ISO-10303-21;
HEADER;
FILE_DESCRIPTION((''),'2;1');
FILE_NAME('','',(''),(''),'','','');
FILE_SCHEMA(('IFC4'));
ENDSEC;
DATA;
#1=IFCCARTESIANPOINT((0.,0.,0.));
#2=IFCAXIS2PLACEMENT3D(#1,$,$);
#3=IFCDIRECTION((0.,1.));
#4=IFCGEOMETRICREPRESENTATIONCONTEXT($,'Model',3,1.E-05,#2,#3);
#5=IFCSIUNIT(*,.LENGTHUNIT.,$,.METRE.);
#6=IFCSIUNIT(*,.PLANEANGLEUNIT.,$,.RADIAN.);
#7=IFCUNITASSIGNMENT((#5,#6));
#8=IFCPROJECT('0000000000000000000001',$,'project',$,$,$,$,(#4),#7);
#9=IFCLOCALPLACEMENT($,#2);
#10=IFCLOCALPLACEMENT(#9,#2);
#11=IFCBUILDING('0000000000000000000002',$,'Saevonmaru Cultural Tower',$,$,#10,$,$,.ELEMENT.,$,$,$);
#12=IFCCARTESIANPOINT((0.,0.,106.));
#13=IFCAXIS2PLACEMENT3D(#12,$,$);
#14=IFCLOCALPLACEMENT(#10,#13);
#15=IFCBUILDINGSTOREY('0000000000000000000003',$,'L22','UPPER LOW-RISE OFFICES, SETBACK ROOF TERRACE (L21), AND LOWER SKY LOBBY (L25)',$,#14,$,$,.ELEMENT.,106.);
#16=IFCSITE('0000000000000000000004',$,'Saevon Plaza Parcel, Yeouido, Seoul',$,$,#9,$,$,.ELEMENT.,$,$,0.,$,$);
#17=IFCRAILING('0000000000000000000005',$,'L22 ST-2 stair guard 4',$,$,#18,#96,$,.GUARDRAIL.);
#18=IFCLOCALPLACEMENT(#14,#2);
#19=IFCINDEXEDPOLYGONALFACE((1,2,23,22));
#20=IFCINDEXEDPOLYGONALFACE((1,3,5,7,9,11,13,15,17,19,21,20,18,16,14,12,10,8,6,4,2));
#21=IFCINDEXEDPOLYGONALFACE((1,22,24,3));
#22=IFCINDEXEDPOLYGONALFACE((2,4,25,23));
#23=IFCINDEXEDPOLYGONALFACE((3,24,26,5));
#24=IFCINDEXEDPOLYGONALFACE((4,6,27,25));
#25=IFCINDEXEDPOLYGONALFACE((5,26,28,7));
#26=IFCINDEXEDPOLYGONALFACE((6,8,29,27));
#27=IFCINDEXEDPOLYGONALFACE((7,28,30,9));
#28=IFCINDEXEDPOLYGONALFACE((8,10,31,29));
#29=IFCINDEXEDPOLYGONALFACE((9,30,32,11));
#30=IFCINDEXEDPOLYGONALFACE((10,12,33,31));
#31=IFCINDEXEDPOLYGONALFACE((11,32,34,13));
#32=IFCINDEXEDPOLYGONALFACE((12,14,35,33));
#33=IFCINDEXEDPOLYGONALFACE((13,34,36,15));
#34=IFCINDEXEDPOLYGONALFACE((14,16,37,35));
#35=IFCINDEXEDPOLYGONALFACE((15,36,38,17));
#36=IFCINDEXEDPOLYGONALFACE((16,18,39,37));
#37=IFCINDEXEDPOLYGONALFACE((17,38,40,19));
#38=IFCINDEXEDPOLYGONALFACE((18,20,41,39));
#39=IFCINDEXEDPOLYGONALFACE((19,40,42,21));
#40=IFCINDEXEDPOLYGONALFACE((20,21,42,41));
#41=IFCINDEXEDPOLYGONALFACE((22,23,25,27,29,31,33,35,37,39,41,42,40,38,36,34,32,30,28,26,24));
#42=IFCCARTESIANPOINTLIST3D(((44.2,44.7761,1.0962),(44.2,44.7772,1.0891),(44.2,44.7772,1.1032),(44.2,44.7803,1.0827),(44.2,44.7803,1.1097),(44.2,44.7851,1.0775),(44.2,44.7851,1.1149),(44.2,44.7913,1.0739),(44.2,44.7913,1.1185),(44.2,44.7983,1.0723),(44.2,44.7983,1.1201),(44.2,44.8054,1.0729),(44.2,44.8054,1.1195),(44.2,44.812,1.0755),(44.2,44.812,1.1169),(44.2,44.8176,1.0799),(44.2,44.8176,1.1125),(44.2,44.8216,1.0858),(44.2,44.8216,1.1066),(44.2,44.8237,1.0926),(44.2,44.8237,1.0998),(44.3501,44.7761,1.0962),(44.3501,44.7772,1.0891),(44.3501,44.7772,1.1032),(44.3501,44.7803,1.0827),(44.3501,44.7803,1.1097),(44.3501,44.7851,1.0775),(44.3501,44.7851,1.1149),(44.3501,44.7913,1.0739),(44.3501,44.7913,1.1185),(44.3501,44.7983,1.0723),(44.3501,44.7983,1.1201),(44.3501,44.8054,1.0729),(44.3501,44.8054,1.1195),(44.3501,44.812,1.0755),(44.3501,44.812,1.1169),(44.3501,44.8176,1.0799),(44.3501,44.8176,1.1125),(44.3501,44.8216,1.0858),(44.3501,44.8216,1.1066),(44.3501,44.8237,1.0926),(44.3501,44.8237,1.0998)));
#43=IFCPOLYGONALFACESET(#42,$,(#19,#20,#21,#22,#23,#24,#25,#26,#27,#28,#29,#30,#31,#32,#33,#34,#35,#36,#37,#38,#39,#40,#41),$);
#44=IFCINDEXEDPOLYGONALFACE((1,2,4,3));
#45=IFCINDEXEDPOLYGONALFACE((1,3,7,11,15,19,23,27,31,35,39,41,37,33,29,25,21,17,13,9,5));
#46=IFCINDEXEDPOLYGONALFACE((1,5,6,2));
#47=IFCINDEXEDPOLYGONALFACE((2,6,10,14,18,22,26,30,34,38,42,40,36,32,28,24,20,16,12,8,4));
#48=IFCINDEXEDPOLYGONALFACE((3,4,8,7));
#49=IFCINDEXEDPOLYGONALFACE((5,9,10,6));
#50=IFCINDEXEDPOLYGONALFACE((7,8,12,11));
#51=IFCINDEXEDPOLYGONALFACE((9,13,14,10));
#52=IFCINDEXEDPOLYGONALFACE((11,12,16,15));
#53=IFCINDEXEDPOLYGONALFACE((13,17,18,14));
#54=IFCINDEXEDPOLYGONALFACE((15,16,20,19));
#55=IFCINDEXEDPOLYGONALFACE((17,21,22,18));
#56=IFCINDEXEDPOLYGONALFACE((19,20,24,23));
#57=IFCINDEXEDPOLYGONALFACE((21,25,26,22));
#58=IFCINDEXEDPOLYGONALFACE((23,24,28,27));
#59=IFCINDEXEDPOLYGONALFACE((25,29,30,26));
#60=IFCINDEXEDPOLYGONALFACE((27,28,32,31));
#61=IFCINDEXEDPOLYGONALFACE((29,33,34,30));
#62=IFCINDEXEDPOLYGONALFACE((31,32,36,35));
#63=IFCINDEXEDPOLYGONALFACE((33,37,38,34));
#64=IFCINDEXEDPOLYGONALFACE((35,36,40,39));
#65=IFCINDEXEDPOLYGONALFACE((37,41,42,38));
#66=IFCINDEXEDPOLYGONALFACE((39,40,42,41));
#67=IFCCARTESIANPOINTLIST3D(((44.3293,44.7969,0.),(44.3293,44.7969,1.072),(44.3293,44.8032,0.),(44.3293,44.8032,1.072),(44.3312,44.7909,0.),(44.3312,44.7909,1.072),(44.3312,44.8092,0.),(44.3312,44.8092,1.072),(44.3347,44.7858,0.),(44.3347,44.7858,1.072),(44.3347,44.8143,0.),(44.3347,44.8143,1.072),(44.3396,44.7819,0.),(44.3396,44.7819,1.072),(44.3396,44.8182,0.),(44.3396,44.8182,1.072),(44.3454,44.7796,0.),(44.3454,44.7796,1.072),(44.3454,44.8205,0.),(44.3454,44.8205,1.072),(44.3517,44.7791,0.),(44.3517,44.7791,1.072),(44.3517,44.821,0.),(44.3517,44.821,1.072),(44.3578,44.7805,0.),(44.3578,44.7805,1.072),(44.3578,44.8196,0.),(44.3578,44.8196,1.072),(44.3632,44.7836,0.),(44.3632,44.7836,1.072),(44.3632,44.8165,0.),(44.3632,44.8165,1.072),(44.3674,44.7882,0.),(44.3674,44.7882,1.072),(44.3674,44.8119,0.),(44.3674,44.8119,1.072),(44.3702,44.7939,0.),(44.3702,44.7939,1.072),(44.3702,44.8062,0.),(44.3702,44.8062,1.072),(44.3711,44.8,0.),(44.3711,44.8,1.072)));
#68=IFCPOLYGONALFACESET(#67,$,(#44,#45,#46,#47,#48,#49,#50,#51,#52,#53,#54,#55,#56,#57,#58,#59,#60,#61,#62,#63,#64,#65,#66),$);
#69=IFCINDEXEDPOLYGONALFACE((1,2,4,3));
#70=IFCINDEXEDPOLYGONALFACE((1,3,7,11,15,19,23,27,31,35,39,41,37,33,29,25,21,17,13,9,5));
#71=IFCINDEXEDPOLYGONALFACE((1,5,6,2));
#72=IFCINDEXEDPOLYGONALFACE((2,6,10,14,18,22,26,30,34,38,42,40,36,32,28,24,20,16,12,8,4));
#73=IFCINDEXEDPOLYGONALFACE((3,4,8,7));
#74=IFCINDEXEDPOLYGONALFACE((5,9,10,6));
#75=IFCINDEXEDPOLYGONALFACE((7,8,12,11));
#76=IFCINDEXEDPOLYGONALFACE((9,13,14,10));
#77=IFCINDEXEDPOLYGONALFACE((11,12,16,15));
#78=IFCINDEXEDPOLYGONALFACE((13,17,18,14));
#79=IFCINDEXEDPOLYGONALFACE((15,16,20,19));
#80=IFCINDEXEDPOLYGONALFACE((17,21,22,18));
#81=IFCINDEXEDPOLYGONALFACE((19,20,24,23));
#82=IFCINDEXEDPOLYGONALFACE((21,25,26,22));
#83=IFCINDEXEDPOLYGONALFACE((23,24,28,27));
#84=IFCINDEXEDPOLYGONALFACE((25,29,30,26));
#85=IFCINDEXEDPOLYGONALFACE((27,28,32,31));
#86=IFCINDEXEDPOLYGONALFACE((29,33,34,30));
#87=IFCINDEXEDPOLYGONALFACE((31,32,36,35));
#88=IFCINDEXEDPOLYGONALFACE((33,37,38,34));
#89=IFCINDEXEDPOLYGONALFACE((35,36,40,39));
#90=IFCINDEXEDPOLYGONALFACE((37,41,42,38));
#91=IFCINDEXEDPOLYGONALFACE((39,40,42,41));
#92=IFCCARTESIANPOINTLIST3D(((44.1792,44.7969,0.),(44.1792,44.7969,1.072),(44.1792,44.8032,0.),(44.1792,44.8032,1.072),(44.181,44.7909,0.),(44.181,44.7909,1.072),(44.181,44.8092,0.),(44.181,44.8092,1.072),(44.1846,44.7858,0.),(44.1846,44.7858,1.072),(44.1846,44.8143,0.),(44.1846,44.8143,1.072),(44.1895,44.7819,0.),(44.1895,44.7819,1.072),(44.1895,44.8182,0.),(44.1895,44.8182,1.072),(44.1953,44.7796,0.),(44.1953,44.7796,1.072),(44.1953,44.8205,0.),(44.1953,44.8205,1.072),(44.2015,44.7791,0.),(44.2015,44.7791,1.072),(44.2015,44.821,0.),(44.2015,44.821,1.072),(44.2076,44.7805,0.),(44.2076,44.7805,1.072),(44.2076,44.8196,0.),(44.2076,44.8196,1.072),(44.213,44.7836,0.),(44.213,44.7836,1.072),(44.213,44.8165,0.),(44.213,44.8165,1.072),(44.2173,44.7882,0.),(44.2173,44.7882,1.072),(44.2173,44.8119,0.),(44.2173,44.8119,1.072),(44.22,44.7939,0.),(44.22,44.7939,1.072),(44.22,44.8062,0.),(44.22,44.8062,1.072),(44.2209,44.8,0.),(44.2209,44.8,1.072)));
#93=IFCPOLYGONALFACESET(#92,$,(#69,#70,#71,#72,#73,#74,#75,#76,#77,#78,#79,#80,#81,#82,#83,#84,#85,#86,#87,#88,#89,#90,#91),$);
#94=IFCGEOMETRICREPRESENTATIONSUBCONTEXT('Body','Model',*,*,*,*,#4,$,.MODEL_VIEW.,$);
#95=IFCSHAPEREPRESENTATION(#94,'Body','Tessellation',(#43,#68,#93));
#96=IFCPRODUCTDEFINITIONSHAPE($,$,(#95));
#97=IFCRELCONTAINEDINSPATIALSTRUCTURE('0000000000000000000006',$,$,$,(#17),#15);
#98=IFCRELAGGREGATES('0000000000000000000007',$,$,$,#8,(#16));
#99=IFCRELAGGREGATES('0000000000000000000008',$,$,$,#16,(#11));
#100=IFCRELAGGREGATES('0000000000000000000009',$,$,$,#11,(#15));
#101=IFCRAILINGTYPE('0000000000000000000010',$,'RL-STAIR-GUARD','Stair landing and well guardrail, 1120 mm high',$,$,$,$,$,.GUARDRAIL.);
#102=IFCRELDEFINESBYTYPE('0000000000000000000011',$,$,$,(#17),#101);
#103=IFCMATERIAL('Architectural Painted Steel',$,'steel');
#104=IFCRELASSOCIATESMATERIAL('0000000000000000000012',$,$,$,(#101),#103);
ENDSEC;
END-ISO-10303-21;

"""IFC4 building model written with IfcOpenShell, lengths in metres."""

from ifc_helpers import new_model, si_unit, direction, frame, origin, origin_2d, place, context, subcontext, project, spatial, circle, extrude, material, type_object, element, save


model = new_model("IFC4")

# Units and contexts
model_context = context("Model", 3, precision=1e-05, world=origin(), true_north=direction((0.0, 1.0)))
body_context = subcontext(model_context, "Body", "Model", "MODEL_VIEW")
ifc_project = project(units=[si_unit("LENGTHUNIT", "METRE"), si_unit("PLANEANGLEUNIT", "RADIAN")], contexts=[model_context])

# Site, building, storey
site_placement = place(None, origin())
site = spatial("IfcSite", under=ifc_project, at=site_placement, Name="Saevon Plaza Parcel, Yeouido, Seoul", CompositionType="ELEMENT", RefElevation=0.0)
building_placement = place(site_placement, origin())
building = spatial("IfcBuilding", under=site, at=building_placement, Name="Saevonmaru Cultural Tower", CompositionType="ELEMENT")
storey_placement = place(building_placement, frame((0.0, 0.0, 106.0)))
storey = spatial("IfcBuildingStorey", under=building, at=storey_placement, Name="L22", Description="UPPER LOW-RISE OFFICES, SETBACK ROOF TERRACE (L21), AND LOWER SKY LOBBY (L25)", CompositionType="ELEMENT", Elevation=106.0)

# Railing
ifc_material_1 = material(Name="Architectural Painted Steel", Category="steel")
railing_type_1 = type_object("IfcRailingType", Name="RL-STAIR-GUARD", Description="Stair landing and well guardrail, 1120 mm high", PredefinedType="GUARDRAIL", material=ifc_material_1)
railing_1_placement = place(storey_placement, frame((44.3501, 44.8, 0.0)))
element("IfcRailing", 1, at=railing_1_placement, inside=storey, type_object=railing_type_1, Name="L22 ST-2 stair guard 4", PredefinedType="GUARDRAIL", context=body_context, shape_type="SweptSolid", body=[
    extrude(circle(Radius=0.0239, at=origin_2d()), frame((0.0, 0.0, 1.0962), z_axis=(-1.0, 0.0, 0.0), x_axis=(0.0, -1.0, 0.0)), (0.0, 0.0, 1.0), 0.1501),
    extrude(circle(Radius=0.021, at=origin_2d()), origin(), (0.0, 0.0, 1.0), 1.072),
    extrude(circle(Radius=0.021, at=origin_2d()), frame((-0.1501, 0.0, 0.0)), (0.0, 0.0, 1.0), 1.072),
])

save(model, "model.ifc")
